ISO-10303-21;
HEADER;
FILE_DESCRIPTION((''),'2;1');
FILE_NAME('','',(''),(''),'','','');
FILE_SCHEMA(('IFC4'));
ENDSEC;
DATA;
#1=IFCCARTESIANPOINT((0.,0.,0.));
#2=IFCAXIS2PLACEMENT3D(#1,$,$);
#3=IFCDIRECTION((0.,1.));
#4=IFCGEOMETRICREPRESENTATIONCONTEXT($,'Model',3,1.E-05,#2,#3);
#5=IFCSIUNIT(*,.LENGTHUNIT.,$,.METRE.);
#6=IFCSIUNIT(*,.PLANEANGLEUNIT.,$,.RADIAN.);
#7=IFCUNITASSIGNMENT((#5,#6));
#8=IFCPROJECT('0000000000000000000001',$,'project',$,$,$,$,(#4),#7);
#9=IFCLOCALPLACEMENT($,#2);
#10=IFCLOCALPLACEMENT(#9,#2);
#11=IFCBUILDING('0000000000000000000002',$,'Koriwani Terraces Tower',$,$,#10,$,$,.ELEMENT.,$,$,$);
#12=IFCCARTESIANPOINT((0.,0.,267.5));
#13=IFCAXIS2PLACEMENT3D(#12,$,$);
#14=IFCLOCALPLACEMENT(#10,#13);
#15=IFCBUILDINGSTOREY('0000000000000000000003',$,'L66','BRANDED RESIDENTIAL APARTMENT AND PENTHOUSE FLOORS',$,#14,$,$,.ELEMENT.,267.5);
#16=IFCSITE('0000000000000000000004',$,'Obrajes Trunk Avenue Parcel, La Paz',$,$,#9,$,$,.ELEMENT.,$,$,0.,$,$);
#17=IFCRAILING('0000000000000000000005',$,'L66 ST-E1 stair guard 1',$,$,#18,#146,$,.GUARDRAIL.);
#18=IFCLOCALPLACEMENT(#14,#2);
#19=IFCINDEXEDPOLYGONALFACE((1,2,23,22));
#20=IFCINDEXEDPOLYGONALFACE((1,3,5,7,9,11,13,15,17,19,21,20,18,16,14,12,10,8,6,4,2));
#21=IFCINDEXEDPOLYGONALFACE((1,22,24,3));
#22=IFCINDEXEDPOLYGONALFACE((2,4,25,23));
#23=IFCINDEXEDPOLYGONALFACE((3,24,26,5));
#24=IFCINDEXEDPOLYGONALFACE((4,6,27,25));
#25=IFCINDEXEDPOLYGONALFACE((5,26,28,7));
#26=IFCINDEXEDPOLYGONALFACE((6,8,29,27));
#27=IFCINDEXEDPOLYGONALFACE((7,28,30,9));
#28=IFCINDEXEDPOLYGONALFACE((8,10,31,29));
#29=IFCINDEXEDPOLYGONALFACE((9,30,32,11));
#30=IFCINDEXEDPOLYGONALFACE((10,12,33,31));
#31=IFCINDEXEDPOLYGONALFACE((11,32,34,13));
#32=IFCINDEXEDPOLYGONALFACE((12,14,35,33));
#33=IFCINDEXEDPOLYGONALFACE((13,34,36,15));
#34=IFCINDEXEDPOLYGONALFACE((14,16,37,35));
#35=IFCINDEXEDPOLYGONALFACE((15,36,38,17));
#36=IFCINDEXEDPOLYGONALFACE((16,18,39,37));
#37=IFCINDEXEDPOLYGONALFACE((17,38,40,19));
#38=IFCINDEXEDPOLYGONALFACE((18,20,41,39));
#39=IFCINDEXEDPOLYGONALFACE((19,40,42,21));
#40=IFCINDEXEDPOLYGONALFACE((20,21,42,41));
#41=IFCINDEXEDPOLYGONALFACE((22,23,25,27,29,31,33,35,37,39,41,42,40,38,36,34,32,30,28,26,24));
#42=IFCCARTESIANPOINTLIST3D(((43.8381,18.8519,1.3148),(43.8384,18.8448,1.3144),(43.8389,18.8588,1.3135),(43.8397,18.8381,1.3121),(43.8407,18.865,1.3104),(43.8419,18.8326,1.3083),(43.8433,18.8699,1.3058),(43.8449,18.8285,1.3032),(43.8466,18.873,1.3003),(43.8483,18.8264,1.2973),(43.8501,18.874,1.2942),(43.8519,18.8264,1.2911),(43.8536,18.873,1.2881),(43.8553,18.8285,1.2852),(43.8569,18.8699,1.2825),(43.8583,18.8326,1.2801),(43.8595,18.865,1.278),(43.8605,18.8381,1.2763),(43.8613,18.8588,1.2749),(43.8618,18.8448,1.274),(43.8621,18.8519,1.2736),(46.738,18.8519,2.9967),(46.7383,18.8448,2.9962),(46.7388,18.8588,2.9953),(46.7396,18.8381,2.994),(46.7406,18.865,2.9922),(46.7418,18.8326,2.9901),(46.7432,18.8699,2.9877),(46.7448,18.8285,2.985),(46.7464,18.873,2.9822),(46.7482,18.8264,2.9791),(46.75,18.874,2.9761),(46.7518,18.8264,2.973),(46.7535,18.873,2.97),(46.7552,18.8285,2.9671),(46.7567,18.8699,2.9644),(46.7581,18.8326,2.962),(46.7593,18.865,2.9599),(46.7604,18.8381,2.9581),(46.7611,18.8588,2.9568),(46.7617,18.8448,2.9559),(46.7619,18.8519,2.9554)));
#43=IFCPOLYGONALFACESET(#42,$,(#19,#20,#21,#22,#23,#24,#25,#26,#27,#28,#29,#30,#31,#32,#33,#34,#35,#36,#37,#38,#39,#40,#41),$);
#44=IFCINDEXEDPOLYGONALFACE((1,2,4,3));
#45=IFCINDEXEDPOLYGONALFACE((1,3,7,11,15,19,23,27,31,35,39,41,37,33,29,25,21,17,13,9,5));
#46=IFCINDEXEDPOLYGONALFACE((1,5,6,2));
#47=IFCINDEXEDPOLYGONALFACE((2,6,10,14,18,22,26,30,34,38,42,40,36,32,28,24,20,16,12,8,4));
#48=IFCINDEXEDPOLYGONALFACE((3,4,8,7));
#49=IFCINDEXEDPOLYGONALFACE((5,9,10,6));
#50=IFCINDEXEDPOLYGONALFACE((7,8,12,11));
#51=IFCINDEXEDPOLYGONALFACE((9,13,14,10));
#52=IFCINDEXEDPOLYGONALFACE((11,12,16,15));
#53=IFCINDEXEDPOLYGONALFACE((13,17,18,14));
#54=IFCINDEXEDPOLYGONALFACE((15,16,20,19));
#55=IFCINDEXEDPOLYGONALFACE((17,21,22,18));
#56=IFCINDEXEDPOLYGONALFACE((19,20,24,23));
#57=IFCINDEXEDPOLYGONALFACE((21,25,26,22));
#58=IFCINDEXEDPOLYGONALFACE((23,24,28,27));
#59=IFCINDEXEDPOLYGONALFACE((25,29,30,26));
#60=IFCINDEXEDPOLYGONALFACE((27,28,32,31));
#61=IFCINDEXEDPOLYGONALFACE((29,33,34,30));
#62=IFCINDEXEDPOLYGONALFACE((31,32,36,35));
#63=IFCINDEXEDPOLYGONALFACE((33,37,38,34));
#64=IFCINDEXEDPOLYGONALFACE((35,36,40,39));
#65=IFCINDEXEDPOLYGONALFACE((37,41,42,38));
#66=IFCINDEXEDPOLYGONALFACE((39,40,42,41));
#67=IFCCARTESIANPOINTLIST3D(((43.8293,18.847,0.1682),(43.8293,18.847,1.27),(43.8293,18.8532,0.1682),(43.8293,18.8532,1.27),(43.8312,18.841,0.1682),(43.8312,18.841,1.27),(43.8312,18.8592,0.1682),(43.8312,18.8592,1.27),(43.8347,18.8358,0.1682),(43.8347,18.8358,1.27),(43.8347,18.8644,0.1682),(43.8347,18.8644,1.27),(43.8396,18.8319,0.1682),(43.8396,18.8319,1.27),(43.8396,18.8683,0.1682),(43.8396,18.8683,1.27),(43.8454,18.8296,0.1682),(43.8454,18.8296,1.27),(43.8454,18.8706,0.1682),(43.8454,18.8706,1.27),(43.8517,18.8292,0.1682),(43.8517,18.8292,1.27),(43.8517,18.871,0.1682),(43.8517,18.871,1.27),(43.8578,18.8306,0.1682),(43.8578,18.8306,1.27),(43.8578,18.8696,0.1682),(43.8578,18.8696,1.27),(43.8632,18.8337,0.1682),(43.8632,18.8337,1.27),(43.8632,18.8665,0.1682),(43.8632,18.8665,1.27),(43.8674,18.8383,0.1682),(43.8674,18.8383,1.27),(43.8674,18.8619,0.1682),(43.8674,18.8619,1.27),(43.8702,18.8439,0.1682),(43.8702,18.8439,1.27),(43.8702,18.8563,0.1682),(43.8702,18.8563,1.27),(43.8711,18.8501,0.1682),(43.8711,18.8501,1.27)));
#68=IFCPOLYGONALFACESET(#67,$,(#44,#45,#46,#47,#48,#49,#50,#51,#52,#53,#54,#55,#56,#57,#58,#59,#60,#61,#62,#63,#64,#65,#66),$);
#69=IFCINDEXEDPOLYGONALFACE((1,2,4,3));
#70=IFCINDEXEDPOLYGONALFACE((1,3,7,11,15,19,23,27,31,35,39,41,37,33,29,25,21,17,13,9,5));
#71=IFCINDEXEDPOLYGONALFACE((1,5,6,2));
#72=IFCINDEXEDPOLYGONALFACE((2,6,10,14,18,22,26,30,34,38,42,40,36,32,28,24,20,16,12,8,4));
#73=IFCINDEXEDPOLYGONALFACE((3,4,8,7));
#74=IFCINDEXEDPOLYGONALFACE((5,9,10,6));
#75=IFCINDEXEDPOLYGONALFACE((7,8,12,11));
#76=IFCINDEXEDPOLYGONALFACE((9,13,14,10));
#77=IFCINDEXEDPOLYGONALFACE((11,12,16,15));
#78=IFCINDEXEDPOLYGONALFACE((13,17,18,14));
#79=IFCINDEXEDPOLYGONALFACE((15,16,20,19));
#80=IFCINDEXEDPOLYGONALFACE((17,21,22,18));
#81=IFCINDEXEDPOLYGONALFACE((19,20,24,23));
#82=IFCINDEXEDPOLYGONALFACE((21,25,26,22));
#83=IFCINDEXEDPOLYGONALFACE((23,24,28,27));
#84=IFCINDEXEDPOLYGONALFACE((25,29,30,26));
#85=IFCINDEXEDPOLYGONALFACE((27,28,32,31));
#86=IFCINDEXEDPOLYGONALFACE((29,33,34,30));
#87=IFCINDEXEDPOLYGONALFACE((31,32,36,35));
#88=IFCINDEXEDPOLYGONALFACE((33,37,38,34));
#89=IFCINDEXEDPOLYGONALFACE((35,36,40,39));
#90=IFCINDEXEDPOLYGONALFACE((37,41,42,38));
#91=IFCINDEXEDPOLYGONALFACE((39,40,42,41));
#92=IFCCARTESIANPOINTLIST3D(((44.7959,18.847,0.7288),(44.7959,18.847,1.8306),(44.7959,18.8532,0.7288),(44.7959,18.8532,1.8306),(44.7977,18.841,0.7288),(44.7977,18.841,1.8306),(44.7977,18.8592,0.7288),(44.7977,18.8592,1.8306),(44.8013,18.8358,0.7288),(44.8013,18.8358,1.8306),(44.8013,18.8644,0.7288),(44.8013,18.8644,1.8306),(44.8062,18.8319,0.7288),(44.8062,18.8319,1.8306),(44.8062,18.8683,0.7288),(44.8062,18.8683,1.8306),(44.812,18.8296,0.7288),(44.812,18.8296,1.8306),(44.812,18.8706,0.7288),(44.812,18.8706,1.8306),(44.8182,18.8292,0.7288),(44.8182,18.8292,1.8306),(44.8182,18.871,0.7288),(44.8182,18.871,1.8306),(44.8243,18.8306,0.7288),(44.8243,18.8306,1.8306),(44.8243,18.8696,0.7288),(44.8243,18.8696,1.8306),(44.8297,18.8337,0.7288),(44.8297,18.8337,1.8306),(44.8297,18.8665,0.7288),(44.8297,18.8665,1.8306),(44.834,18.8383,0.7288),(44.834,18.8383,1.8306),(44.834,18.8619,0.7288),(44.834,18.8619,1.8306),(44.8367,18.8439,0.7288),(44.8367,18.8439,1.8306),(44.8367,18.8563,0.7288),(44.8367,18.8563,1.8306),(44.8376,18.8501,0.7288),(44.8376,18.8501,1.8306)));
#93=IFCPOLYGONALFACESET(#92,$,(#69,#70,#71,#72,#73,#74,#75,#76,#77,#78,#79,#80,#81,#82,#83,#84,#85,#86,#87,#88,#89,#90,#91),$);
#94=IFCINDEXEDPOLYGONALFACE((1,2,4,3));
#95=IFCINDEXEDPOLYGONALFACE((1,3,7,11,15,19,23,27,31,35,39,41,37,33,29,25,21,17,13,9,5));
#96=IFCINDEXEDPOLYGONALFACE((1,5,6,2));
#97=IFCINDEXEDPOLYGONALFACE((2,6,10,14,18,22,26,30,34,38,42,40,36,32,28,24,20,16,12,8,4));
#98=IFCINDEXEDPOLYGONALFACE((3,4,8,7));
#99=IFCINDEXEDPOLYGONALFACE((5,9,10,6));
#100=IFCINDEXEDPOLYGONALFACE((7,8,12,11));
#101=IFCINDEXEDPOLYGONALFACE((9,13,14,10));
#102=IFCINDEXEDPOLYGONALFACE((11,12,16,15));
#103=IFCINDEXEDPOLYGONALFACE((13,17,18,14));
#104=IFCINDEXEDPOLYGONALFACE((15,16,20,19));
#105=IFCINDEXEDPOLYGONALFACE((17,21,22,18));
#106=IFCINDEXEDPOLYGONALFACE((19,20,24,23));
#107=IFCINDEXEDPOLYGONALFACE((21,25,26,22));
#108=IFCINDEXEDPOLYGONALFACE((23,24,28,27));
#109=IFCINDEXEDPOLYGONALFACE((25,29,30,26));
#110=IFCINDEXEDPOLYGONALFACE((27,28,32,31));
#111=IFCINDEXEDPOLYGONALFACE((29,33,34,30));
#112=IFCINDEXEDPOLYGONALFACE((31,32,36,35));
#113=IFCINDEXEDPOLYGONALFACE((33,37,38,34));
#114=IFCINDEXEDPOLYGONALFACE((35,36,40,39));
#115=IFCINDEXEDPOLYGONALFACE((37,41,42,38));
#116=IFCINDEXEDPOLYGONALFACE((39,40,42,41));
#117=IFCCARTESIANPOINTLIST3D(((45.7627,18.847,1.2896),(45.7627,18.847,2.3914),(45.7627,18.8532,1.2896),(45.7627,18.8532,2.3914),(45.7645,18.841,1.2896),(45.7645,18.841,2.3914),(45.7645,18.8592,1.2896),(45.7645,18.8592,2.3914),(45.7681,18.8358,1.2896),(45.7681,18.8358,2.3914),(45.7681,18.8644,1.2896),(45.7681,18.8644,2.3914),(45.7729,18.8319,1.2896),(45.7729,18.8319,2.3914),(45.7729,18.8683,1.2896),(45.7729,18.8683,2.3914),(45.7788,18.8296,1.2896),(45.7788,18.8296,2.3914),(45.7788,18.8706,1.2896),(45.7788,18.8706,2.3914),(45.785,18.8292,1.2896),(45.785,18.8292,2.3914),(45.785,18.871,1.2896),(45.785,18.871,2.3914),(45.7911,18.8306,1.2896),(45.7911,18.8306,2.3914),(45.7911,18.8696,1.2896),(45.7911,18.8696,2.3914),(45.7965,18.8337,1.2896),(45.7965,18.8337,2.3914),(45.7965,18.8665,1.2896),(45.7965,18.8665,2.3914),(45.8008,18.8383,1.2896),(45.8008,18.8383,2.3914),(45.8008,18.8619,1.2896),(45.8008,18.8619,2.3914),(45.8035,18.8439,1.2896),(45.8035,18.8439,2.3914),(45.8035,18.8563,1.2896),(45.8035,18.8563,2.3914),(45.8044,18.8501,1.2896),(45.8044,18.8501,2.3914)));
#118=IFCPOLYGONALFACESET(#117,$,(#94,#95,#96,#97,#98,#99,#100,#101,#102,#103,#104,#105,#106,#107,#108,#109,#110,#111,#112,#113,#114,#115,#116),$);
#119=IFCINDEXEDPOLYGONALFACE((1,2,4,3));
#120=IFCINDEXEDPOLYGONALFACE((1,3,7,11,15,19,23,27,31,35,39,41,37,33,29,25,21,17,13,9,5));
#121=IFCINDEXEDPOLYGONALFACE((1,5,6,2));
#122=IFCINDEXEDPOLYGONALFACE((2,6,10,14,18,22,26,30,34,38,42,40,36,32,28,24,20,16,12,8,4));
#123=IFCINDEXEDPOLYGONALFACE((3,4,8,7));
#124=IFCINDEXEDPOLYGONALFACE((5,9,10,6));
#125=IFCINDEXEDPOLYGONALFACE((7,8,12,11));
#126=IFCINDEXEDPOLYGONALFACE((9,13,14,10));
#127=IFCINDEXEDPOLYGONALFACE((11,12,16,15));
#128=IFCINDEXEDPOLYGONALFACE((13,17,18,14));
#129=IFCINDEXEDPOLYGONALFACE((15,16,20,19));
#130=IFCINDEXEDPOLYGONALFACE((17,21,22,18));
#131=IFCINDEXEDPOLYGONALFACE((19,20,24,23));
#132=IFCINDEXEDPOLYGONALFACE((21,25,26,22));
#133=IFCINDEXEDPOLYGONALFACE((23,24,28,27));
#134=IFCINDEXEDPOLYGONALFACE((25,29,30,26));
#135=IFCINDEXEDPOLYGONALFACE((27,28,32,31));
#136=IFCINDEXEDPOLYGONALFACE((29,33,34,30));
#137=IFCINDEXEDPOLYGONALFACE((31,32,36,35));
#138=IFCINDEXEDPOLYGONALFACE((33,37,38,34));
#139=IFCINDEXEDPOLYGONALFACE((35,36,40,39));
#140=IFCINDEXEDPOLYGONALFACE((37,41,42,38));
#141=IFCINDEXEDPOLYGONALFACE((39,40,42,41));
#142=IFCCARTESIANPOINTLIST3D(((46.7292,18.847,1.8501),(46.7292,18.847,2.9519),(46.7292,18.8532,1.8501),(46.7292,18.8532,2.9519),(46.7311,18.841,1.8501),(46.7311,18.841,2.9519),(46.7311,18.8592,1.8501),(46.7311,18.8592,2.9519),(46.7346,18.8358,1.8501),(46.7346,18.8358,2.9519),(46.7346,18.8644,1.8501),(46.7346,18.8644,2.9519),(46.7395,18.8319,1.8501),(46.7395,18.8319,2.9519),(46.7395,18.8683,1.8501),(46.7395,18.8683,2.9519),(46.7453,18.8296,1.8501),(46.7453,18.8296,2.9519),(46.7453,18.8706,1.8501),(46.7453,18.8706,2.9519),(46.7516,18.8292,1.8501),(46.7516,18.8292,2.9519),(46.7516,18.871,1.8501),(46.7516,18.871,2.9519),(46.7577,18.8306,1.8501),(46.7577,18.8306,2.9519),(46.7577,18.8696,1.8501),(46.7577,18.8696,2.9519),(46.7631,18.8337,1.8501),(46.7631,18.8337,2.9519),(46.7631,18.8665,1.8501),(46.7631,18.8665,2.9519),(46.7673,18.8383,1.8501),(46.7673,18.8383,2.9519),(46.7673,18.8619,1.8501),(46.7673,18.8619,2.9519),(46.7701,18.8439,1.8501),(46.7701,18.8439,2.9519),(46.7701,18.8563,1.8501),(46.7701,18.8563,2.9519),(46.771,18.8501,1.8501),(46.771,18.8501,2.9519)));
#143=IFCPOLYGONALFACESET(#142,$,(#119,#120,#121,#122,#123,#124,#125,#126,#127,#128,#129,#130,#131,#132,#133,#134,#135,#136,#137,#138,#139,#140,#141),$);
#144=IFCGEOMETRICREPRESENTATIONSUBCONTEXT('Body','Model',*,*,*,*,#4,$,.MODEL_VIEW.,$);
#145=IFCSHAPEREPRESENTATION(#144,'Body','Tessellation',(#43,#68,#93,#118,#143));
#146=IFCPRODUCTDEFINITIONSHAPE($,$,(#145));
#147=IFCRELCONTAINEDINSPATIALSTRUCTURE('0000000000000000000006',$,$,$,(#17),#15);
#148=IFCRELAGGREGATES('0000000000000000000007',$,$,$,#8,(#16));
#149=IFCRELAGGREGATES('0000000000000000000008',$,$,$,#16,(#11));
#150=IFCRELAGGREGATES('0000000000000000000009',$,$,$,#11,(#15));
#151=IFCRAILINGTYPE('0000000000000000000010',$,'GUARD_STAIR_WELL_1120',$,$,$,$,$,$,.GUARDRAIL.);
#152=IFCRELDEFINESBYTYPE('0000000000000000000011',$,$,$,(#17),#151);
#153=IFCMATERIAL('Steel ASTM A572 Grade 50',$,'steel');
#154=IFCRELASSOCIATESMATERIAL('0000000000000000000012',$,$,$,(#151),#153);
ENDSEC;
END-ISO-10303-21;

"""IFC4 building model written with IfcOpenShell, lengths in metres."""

from ifc_helpers import new_model, si_unit, direction, frame, origin, origin_2d, place, context, subcontext, project, spatial, circle, extrude, material, type_object, element, save


model = new_model("IFC4")

# Units and contexts
model_context = context("Model", 3, precision=1e-05, world=origin(), true_north=direction((0.0, 1.0)))
body_context = subcontext(model_context, "Body", "Model", "MODEL_VIEW")
ifc_project = project(units=[si_unit("LENGTHUNIT", "METRE"), si_unit("PLANEANGLEUNIT", "RADIAN")], contexts=[model_context])

# Site, building, storey
site_placement = place(None, origin())
site = spatial("IfcSite", under=ifc_project, at=site_placement, Name="Obrajes Trunk Avenue Parcel, La Paz", CompositionType="ELEMENT", RefElevation=0.0)
building_placement = place(site_placement, origin())
building = spatial("IfcBuilding", under=site, at=building_placement, Name="Koriwani Terraces Tower", CompositionType="ELEMENT")
storey_placement = place(building_placement, frame((0.0, 0.0, 267.5)))
storey = spatial("IfcBuildingStorey", under=building, at=storey_placement, Name="L66", Description="BRANDED RESIDENTIAL APARTMENT AND PENTHOUSE FLOORS", CompositionType="ELEMENT", Elevation=267.5)

# Shared definitions
ifc_material_1 = material(Name="Steel ASTM A572 Grade 50", Category="steel")

# Railing
railing_type_1 = type_object("IfcRailingType", Name="GUARD_STAIR_WELL_1120", PredefinedType="GUARDRAIL", material=ifc_material_1)
railing_1_placement = place(storey_placement, frame((43.8501, 18.8501, 0.1682)))
element("IfcRailing", 1, at=railing_1_placement, inside=storey, type_object=railing_type_1, Name="L66 ST-E1 stair guard 1", PredefinedType="GUARDRAIL", context=body_context, shape_type="SweptSolid", body=[
    extrude(circle(Radius=0.0239, at=origin_2d()), frame((0.0, 0.0, 1.126), z_axis=(0.865039, 0.0, 0.501705), x_axis=(0.0, 1.0, 0.0)), (0.0, 0.0, 1.0), 3.3523),
    extrude(circle(Radius=0.021, at=origin_2d()), origin(), (0.0, 0.0, 1.0), 1.1018),
    extrude(circle(Radius=0.021, at=origin_2d()), frame((0.9666, 0.0, 0.5605)), (0.0, 0.0, 1.0), 1.1018),
    extrude(circle(Radius=0.021, at=origin_2d()), frame((1.9333, 0.0, 1.1213)), (0.0, 0.0, 1.0), 1.1018),
    extrude(circle(Radius=0.021, at=origin_2d()), frame((2.8999, 0.0, 1.6819)), (0.0, 0.0, 1.0), 1.1018),
])

save(model, "model.ifc")
